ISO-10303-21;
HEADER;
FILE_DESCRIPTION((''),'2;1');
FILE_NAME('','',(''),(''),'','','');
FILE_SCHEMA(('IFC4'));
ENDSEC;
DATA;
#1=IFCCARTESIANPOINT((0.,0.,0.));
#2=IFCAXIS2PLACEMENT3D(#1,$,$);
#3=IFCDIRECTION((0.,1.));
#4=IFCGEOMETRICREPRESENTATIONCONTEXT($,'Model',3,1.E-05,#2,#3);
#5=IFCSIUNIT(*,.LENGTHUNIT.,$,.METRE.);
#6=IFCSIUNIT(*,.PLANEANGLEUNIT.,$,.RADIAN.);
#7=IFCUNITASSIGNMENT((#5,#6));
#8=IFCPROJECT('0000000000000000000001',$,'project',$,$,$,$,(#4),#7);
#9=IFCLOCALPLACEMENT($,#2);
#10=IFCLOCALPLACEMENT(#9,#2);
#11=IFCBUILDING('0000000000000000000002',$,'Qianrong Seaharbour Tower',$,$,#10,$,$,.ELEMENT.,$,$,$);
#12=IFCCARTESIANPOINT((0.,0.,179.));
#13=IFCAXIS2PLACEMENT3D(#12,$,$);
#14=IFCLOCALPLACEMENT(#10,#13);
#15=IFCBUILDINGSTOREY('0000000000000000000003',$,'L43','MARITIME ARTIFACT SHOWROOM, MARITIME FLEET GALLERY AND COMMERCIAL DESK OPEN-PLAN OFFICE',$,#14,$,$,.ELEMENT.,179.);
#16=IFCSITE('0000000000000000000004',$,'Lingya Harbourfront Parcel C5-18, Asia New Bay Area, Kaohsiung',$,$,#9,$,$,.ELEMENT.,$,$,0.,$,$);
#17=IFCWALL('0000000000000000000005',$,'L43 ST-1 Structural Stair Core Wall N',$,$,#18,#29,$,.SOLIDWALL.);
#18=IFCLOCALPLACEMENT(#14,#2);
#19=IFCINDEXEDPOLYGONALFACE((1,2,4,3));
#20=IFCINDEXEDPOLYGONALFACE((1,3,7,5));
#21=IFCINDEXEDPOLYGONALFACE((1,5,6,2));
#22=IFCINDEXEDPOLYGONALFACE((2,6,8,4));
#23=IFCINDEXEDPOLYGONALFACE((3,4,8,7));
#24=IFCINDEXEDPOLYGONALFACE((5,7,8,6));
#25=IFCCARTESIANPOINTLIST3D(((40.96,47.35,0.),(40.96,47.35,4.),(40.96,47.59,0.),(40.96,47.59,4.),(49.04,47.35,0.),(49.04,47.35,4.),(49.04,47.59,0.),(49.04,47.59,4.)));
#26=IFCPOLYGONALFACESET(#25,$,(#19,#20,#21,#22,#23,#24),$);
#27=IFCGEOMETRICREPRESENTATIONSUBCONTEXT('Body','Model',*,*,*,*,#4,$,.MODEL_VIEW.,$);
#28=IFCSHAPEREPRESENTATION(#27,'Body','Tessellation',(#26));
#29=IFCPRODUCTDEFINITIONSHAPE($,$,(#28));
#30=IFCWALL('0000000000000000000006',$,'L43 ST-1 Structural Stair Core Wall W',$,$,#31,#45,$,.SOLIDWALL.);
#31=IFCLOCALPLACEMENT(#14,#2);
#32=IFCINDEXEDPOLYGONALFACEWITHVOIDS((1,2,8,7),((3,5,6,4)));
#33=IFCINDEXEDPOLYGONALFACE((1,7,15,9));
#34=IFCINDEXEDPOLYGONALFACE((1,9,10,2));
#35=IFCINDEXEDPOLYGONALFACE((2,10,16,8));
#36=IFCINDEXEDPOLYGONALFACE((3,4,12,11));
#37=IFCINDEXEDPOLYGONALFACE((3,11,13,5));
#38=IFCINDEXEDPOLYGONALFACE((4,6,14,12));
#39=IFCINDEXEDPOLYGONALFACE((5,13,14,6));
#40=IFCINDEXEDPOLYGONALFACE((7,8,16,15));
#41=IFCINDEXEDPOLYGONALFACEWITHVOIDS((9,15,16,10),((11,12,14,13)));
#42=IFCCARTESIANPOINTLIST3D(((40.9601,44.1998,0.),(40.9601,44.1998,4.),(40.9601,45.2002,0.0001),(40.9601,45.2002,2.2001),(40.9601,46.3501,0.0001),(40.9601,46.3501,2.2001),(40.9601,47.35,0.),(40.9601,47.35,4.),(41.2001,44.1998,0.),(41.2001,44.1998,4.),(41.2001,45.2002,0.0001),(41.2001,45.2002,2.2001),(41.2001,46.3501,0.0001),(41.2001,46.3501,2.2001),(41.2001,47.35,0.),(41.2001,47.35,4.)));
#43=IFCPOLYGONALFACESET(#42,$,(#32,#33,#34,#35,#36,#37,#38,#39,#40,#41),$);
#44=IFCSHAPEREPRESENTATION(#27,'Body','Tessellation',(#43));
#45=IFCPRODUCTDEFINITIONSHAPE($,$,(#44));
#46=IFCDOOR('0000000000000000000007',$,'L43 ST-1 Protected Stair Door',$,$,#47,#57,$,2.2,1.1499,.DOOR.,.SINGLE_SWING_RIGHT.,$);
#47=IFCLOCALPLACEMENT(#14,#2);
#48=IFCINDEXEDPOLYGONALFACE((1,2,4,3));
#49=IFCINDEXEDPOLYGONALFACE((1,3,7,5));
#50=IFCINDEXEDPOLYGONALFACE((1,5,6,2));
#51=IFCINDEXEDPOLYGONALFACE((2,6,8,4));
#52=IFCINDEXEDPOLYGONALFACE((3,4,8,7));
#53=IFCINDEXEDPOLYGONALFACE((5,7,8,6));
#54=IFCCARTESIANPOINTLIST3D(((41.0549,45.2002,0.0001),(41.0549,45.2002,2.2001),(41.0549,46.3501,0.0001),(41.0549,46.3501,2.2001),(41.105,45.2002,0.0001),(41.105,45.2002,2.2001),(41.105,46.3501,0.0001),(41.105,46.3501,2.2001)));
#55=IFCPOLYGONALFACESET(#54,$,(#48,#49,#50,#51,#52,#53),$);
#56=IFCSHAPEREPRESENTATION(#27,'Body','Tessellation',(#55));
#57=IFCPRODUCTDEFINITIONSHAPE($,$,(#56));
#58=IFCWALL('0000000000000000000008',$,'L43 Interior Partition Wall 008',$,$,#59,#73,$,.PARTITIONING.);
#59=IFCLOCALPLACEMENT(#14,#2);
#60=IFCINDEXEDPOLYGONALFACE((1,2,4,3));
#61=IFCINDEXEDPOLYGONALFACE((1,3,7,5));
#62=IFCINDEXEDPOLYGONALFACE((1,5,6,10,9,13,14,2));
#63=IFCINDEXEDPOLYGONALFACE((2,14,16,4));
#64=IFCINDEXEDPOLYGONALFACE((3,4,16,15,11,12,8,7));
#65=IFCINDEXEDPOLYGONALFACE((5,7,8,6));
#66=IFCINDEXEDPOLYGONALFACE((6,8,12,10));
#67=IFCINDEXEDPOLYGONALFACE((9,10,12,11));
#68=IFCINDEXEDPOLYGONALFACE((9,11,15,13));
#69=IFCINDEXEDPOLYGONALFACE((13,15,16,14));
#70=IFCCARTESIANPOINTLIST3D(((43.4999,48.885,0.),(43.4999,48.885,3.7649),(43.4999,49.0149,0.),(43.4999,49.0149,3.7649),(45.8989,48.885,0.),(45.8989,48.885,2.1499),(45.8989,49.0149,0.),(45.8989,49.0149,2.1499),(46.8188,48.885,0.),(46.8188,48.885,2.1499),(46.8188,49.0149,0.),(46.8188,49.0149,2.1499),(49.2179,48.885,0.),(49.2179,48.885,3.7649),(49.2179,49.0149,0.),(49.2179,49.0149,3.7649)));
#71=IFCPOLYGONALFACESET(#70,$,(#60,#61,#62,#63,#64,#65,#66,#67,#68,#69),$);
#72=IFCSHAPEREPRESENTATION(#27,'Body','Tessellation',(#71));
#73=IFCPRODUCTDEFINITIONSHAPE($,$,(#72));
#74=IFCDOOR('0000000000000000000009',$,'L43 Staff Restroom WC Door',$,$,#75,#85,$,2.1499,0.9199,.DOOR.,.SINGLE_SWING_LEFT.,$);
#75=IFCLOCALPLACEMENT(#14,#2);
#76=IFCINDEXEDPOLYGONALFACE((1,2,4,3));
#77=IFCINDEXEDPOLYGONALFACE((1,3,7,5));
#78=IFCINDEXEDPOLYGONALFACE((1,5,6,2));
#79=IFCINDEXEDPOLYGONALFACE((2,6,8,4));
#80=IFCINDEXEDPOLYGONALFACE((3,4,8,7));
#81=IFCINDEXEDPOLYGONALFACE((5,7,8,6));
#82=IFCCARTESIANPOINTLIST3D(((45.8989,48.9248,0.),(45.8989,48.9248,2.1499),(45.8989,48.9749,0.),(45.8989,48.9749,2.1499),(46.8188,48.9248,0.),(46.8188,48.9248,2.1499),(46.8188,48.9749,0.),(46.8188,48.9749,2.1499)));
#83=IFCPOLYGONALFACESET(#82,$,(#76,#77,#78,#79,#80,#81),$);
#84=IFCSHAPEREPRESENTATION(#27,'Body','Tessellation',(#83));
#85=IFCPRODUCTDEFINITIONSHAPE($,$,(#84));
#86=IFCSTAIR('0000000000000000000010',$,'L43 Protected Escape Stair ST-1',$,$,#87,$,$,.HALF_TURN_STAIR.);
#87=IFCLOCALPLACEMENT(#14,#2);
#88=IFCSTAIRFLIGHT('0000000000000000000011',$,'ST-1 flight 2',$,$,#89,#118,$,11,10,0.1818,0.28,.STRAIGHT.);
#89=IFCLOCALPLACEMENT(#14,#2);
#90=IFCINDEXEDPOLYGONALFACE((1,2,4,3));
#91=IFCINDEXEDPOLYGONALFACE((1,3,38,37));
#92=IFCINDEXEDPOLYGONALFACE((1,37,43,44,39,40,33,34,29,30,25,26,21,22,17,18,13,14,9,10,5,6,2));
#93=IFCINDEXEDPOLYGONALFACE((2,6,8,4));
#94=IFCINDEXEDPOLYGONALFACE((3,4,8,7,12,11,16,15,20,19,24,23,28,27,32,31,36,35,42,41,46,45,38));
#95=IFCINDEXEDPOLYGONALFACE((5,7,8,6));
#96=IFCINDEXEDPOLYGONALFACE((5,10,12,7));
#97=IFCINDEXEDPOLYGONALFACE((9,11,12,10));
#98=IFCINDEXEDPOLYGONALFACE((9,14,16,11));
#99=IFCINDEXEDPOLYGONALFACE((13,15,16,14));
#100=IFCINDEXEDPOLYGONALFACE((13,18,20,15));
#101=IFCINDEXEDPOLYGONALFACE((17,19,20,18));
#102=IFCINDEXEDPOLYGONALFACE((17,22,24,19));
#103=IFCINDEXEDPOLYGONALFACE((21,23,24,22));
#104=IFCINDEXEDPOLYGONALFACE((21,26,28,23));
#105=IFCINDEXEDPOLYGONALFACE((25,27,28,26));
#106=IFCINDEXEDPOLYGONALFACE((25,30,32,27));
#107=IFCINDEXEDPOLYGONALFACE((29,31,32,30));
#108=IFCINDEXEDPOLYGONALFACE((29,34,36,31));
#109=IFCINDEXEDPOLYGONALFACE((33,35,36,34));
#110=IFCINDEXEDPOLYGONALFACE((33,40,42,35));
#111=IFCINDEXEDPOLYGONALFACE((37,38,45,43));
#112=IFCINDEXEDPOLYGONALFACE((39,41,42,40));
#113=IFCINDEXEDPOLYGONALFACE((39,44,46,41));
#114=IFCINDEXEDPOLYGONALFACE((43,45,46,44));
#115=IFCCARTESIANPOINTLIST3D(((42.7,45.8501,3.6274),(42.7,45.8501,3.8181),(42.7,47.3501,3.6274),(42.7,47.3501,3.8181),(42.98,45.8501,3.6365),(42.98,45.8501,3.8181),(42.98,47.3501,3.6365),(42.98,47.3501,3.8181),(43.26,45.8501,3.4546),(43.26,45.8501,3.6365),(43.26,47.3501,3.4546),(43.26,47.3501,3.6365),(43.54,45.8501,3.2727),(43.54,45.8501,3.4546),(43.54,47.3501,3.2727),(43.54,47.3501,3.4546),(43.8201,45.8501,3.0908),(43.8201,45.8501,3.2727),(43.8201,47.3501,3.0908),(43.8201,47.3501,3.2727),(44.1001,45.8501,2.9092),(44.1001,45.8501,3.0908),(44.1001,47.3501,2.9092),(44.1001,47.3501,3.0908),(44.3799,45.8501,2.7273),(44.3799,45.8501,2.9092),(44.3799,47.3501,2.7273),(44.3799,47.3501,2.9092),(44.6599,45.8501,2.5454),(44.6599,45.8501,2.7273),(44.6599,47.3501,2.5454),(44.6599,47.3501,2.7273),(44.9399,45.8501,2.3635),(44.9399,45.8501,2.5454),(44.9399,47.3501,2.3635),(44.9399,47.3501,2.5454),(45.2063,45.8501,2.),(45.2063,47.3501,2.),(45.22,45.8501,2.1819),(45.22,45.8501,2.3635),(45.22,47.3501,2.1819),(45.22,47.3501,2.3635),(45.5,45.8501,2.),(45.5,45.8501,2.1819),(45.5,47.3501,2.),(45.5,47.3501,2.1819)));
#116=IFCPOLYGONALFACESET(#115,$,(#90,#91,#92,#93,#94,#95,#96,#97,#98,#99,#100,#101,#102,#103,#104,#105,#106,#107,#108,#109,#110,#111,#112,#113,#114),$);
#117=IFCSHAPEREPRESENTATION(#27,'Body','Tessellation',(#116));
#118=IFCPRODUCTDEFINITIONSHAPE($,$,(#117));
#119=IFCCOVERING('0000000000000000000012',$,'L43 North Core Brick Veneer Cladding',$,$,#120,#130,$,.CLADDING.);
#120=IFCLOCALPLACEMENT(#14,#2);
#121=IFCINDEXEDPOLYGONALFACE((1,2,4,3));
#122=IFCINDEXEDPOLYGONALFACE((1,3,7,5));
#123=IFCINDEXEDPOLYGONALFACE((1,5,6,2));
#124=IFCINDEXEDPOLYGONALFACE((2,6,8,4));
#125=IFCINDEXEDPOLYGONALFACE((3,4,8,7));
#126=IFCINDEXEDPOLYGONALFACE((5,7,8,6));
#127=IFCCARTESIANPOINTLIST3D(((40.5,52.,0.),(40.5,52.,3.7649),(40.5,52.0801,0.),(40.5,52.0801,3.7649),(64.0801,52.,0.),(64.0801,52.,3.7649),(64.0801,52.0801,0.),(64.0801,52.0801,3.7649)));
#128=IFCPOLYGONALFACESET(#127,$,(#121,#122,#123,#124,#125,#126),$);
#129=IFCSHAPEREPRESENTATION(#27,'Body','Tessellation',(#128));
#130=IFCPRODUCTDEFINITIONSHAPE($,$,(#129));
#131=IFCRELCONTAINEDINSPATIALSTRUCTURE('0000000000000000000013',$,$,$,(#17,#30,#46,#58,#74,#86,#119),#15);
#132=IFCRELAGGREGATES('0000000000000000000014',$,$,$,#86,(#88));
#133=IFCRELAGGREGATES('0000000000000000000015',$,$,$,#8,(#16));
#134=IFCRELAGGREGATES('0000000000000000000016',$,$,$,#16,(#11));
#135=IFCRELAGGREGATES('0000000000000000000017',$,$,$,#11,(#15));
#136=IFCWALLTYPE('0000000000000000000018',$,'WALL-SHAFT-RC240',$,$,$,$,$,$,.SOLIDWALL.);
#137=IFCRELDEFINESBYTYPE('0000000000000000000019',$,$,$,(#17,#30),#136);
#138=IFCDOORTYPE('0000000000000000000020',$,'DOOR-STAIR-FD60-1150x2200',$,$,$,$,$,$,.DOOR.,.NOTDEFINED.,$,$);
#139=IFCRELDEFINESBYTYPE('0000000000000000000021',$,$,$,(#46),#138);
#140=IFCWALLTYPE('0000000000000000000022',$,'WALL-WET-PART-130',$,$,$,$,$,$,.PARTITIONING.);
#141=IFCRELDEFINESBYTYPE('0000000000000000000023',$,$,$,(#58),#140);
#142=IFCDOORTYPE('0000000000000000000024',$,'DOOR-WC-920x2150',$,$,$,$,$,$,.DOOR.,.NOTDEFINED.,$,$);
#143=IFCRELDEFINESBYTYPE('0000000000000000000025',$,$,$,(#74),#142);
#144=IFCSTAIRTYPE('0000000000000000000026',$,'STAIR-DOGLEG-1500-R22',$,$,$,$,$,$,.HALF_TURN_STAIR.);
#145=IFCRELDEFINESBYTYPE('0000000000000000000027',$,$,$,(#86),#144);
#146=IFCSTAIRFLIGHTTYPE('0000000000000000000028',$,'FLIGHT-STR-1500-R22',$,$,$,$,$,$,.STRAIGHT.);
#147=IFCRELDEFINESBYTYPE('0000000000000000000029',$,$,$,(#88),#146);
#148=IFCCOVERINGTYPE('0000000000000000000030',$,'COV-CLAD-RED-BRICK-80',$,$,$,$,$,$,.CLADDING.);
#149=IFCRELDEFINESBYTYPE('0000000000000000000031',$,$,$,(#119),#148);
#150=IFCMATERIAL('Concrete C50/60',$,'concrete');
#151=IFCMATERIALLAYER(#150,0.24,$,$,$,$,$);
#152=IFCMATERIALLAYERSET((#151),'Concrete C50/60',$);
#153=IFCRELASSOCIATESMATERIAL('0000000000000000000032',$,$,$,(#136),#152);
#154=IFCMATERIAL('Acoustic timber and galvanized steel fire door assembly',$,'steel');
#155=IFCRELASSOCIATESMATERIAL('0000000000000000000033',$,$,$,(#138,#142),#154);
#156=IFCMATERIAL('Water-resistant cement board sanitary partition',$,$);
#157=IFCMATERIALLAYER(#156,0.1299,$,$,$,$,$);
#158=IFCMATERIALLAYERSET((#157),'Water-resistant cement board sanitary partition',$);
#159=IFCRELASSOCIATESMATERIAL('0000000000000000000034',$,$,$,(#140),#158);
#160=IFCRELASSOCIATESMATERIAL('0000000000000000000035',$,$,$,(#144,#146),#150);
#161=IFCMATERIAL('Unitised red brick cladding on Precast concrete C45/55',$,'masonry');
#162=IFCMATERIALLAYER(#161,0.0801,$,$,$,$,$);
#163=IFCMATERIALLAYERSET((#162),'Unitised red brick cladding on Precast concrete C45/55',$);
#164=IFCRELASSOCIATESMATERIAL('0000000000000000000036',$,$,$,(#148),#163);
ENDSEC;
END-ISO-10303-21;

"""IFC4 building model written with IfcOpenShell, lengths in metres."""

from ifc_helpers import new_model, si_unit, direction, frame, frame_2d, origin, origin_2d, place, context, subcontext, project, spatial, polyline, rectangle, outline, extrude, material, layer, layer_set, type_object, element, fill, aggregate, save


model = new_model("IFC4")

# Units and contexts
model_context = context("Model", 3, precision=1e-05, world=origin(), true_north=direction((0.0, 1.0)))
body_context = subcontext(model_context, "Body", "Model", "MODEL_VIEW")
ifc_project = project(units=[si_unit("LENGTHUNIT", "METRE"), si_unit("PLANEANGLEUNIT", "RADIAN")], contexts=[model_context])

# Site, building, storey
site_placement = place(None, origin())
site = spatial("IfcSite", under=ifc_project, at=site_placement, Name="Lingya Harbourfront Parcel C5-18, Asia New Bay Area, Kaohsiung", CompositionType="ELEMENT", RefElevation=0.0)
building_placement = place(site_placement, origin())
building = spatial("IfcBuilding", under=site, at=building_placement, Name="Qianrong Seaharbour Tower", CompositionType="ELEMENT")
storey_placement = place(building_placement, frame((0.0, 0.0, 179.0)))
storey = spatial("IfcBuildingStorey", under=building, at=storey_placement, Name="L43", Description="MARITIME ARTIFACT SHOWROOM, MARITIME FLEET GALLERY AND COMMERCIAL DESK OPEN-PLAN OFFICE", CompositionType="ELEMENT", Elevation=179.0)

# Shared definitions
ifc_material_1 = material(Name="Acoustic timber and galvanized steel fire door assembly", Category="steel")

# Wall
ifc_material_2 = material(Name="Concrete C50/60", Category="concrete")
ifc_layer_1 = layer(ifc_material_2, 0.24)
ifc_layer_set_1 = layer_set([ifc_layer_1], Name="Concrete C50/60")
wall_type_1 = type_object("IfcWallType", Name="WALL-SHAFT-RC240", PredefinedType="SOLIDWALL", material=ifc_layer_set_1)
wall_1_placement = place(storey_placement, frame((40.96, 47.47, 0.0), z_axis=(0.0, 0.0, 1.0), x_axis=(1.0, 0.0, 0.0)))
element("IfcWall", 1, at=wall_1_placement, inside=storey, type_object=wall_type_1, Name="L43 ST-1 Structural Stair Core Wall N", PredefinedType="SOLIDWALL", context=body_context, shape_type="SweptSolid", body=[
    extrude(rectangle(XDim=8.0801, YDim=0.24, at=frame_2d((4.04, 0.0))), origin(), (0.0, 0.0, 1.0), 4.0),
])

# Walls, openings, doors
wall_2_placement = place(storey_placement, frame((41.0801, 47.3501, 0.0), z_axis=(0.0, 0.0, 1.0), x_axis=(0.0, -1.0, 0.0)))
wall_2 = element("IfcWall", 2, at=wall_2_placement, inside=storey, type_object=wall_type_1, Name="L43 ST-1 Structural Stair Core Wall W", PredefinedType="SOLIDWALL", context=body_context, shape_type="SweptSolid", body=[
    extrude(rectangle(XDim=3.1501, YDim=0.24, at=frame_2d((1.5752, 0.0))), origin(), (0.0, 0.0, 1.0), 4.0),
])
opening_1_placement = place(wall_2_placement, frame((1.0, 0.0, 0.0)))
opening_1 = element("IfcOpeningElement", 3, at=opening_1_placement, cuts=wall_2, PredefinedType="OPENING", context=body_context, shape_type="SweptSolid", body=[
    extrude(rectangle(XDim=1.1499, YDim=2.2, at=frame_2d((0.575, 1.1001))), frame((0.0, 0.1299, 0.0), z_axis=(0.0, -1.0, 0.0), x_axis=(1.0, 0.0, 0.0)), (0.0, 0.0, 1.0), 0.26),
])
door_type_1 = type_object("IfcDoorType", Name="DOOR-STAIR-FD60-1150x2200", OperationType="NOTDEFINED", PredefinedType="DOOR", material=ifc_material_1)
door_1_placement = place(opening_1_placement, origin())
door_1 = element("IfcDoor", 4, at=door_1_placement, inside=storey, type_object=door_type_1, Name="L43 ST-1 Protected Stair Door", OperationType="SINGLE_SWING_RIGHT", OverallHeight=2.2, OverallWidth=1.1499, PredefinedType="DOOR", context=body_context, shape_type="SweptSolid", body=[
    extrude(rectangle(XDim=1.1499, YDim=2.2, at=frame_2d((0.575, 1.1001))), frame((0.0, 0.0249, 0.0), z_axis=(0.0, -1.0, 0.0), x_axis=(1.0, 0.0, 0.0)), (0.0, 0.0, 1.0), 0.05),
])
fill(opening_1, door_1)
ifc_material_3 = material(Name="Water-resistant cement board sanitary partition")
ifc_layer_2 = layer(ifc_material_3, 0.1299)
ifc_layer_set_2 = layer_set([ifc_layer_2], Name="Water-resistant cement board sanitary partition")
wall_type_2 = type_object("IfcWallType", Name="WALL-WET-PART-130", PredefinedType="PARTITIONING", material=ifc_layer_set_2)
wall_3_placement = place(storey_placement, frame((43.5, 48.95, 0.0), z_axis=(0.0, 0.0, 1.0), x_axis=(1.0, 0.0, 0.0)))
wall_3 = element("IfcWall", 5, at=wall_3_placement, inside=storey, type_object=wall_type_2, Name="L43 Interior Partition Wall 008", PredefinedType="PARTITIONING", context=body_context, shape_type="SweptSolid", body=[
    extrude(rectangle(XDim=5.718, YDim=0.1299, at=frame_2d((2.8589, 0.0))), origin(), (0.0, 0.0, 1.0), 3.7649),
])
opening_2_placement = place(wall_3_placement, frame((2.3989, 0.0, 0.0)))
opening_2 = element("IfcOpeningElement", 6, at=opening_2_placement, cuts=wall_3, PredefinedType="OPENING", context=body_context, shape_type="SweptSolid", body=[
    extrude(rectangle(XDim=0.9199, YDim=2.1499, at=frame_2d((0.46, 1.075))), frame((0.0, 0.075, 0.0), z_axis=(0.0, -1.0, 0.0), x_axis=(1.0, 0.0, 0.0)), (0.0, 0.0, 1.0), 0.1499),
])
door_type_2 = type_object("IfcDoorType", Name="DOOR-WC-920x2150", OperationType="NOTDEFINED", PredefinedType="DOOR", material=ifc_material_1)
door_2_placement = place(opening_2_placement, origin())
door_2 = element("IfcDoor", 7, at=door_2_placement, inside=storey, type_object=door_type_2, Name="L43 Staff Restroom WC Door", OperationType="SINGLE_SWING_LEFT", OverallHeight=2.1499, OverallWidth=0.9199, PredefinedType="DOOR", context=body_context, shape_type="SweptSolid", body=[
    extrude(rectangle(XDim=0.9199, YDim=2.1499, at=frame_2d((0.46, 1.075))), frame((0.0, 0.0249, 0.0), z_axis=(0.0, -1.0, 0.0), x_axis=(1.0, 0.0, 0.0)), (0.0, 0.0, 1.0), 0.05),
])
fill(opening_2, door_2)

# Stair, stair flight
stair_type = type_object("IfcStairType", Name="STAIR-DOGLEG-1500-R22", PredefinedType="HALF_TURN_STAIR", material=ifc_material_2)
stair_placement = place(storey_placement, origin())
stair = element("IfcStair", 8, at=stair_placement, inside=storey, type_object=stair_type, Name="L43 Protected Escape Stair ST-1", PredefinedType="HALF_TURN_STAIR")
stair_flight_type = type_object("IfcStairFlightType", Name="FLIGHT-STR-1500-R22", PredefinedType="STRAIGHT", material=ifc_material_2)
stair_flight_placement = place(storey_placement, frame((45.5, 46.6001, 2.0), z_axis=(0.0, 0.0, 1.0), x_axis=(-1.0, 0.0, 0.0)))
stair_flight = element("IfcStairFlight", 9, at=stair_flight_placement, type_object=stair_flight_type, Name="ST-1 flight 2", NumberOfRisers=11, NumberOfTreads=10, PredefinedType="STRAIGHT", RiserHeight=0.1818, TreadLength=0.28, context=body_context, shape_type="SweptSolid", body=[
    extrude(outline(polyline([(0.0, 0.0), (0.0, 0.1819), (0.28, 0.1819), (0.28, 0.3635), (0.5601, 0.3635), (0.5601, 0.5454), (0.8401, 0.5454), (0.8401, 0.7273), (1.1201, 0.7273), (1.1201, 0.9092), (1.3999, 0.9092), (1.3999, 1.0908), (1.6799, 1.0908), (1.6799, 1.2727), (1.96, 1.2727), (1.96, 1.4546), (2.24, 1.4546), (2.24, 1.6365), (2.52, 1.6365), (2.52, 1.8181), (2.8, 1.8181), (2.8, 2.0), (2.8, 1.6274), (0.2937, 0.0), (0.0, 0.0)])), frame((0.0, 0.75, 0.0), z_axis=(0.0, -1.0, 0.0), x_axis=(1.0, 0.0, 0.0)), (0.0, 0.0, 1.0), 1.5),
])
aggregate(stair, [stair_flight])

# Covering
ifc_material_4 = material(Name="Unitised red brick cladding on Precast concrete C45/55", Category="masonry")
ifc_layer_3 = layer(ifc_material_4, 0.0801)
ifc_layer_set_3 = layer_set([ifc_layer_3], Name="Unitised red brick cladding on Precast concrete C45/55")
covering_type = type_object("IfcCoveringType", Name="COV-CLAD-RED-BRICK-80", PredefinedType="CLADDING", material=ifc_layer_set_3)
covering_placement = place(storey_placement, frame((52.29, 52.04, 0.0), z_axis=(0.0, 0.0, 1.0), x_axis=(1.0, 0.0, 0.0)))
element("IfcCovering", 10, at=covering_placement, inside=storey, type_object=covering_type, Name="L43 North Core Brick Veneer Cladding", PredefinedType="CLADDING", context=body_context, shape_type="SweptSolid", body=[
    extrude(rectangle(XDim=23.5801, YDim=0.0801, at=origin_2d()), origin(), (0.0, 0.0, 1.0), 3.7649),
])

save(model, "model.ifc")
